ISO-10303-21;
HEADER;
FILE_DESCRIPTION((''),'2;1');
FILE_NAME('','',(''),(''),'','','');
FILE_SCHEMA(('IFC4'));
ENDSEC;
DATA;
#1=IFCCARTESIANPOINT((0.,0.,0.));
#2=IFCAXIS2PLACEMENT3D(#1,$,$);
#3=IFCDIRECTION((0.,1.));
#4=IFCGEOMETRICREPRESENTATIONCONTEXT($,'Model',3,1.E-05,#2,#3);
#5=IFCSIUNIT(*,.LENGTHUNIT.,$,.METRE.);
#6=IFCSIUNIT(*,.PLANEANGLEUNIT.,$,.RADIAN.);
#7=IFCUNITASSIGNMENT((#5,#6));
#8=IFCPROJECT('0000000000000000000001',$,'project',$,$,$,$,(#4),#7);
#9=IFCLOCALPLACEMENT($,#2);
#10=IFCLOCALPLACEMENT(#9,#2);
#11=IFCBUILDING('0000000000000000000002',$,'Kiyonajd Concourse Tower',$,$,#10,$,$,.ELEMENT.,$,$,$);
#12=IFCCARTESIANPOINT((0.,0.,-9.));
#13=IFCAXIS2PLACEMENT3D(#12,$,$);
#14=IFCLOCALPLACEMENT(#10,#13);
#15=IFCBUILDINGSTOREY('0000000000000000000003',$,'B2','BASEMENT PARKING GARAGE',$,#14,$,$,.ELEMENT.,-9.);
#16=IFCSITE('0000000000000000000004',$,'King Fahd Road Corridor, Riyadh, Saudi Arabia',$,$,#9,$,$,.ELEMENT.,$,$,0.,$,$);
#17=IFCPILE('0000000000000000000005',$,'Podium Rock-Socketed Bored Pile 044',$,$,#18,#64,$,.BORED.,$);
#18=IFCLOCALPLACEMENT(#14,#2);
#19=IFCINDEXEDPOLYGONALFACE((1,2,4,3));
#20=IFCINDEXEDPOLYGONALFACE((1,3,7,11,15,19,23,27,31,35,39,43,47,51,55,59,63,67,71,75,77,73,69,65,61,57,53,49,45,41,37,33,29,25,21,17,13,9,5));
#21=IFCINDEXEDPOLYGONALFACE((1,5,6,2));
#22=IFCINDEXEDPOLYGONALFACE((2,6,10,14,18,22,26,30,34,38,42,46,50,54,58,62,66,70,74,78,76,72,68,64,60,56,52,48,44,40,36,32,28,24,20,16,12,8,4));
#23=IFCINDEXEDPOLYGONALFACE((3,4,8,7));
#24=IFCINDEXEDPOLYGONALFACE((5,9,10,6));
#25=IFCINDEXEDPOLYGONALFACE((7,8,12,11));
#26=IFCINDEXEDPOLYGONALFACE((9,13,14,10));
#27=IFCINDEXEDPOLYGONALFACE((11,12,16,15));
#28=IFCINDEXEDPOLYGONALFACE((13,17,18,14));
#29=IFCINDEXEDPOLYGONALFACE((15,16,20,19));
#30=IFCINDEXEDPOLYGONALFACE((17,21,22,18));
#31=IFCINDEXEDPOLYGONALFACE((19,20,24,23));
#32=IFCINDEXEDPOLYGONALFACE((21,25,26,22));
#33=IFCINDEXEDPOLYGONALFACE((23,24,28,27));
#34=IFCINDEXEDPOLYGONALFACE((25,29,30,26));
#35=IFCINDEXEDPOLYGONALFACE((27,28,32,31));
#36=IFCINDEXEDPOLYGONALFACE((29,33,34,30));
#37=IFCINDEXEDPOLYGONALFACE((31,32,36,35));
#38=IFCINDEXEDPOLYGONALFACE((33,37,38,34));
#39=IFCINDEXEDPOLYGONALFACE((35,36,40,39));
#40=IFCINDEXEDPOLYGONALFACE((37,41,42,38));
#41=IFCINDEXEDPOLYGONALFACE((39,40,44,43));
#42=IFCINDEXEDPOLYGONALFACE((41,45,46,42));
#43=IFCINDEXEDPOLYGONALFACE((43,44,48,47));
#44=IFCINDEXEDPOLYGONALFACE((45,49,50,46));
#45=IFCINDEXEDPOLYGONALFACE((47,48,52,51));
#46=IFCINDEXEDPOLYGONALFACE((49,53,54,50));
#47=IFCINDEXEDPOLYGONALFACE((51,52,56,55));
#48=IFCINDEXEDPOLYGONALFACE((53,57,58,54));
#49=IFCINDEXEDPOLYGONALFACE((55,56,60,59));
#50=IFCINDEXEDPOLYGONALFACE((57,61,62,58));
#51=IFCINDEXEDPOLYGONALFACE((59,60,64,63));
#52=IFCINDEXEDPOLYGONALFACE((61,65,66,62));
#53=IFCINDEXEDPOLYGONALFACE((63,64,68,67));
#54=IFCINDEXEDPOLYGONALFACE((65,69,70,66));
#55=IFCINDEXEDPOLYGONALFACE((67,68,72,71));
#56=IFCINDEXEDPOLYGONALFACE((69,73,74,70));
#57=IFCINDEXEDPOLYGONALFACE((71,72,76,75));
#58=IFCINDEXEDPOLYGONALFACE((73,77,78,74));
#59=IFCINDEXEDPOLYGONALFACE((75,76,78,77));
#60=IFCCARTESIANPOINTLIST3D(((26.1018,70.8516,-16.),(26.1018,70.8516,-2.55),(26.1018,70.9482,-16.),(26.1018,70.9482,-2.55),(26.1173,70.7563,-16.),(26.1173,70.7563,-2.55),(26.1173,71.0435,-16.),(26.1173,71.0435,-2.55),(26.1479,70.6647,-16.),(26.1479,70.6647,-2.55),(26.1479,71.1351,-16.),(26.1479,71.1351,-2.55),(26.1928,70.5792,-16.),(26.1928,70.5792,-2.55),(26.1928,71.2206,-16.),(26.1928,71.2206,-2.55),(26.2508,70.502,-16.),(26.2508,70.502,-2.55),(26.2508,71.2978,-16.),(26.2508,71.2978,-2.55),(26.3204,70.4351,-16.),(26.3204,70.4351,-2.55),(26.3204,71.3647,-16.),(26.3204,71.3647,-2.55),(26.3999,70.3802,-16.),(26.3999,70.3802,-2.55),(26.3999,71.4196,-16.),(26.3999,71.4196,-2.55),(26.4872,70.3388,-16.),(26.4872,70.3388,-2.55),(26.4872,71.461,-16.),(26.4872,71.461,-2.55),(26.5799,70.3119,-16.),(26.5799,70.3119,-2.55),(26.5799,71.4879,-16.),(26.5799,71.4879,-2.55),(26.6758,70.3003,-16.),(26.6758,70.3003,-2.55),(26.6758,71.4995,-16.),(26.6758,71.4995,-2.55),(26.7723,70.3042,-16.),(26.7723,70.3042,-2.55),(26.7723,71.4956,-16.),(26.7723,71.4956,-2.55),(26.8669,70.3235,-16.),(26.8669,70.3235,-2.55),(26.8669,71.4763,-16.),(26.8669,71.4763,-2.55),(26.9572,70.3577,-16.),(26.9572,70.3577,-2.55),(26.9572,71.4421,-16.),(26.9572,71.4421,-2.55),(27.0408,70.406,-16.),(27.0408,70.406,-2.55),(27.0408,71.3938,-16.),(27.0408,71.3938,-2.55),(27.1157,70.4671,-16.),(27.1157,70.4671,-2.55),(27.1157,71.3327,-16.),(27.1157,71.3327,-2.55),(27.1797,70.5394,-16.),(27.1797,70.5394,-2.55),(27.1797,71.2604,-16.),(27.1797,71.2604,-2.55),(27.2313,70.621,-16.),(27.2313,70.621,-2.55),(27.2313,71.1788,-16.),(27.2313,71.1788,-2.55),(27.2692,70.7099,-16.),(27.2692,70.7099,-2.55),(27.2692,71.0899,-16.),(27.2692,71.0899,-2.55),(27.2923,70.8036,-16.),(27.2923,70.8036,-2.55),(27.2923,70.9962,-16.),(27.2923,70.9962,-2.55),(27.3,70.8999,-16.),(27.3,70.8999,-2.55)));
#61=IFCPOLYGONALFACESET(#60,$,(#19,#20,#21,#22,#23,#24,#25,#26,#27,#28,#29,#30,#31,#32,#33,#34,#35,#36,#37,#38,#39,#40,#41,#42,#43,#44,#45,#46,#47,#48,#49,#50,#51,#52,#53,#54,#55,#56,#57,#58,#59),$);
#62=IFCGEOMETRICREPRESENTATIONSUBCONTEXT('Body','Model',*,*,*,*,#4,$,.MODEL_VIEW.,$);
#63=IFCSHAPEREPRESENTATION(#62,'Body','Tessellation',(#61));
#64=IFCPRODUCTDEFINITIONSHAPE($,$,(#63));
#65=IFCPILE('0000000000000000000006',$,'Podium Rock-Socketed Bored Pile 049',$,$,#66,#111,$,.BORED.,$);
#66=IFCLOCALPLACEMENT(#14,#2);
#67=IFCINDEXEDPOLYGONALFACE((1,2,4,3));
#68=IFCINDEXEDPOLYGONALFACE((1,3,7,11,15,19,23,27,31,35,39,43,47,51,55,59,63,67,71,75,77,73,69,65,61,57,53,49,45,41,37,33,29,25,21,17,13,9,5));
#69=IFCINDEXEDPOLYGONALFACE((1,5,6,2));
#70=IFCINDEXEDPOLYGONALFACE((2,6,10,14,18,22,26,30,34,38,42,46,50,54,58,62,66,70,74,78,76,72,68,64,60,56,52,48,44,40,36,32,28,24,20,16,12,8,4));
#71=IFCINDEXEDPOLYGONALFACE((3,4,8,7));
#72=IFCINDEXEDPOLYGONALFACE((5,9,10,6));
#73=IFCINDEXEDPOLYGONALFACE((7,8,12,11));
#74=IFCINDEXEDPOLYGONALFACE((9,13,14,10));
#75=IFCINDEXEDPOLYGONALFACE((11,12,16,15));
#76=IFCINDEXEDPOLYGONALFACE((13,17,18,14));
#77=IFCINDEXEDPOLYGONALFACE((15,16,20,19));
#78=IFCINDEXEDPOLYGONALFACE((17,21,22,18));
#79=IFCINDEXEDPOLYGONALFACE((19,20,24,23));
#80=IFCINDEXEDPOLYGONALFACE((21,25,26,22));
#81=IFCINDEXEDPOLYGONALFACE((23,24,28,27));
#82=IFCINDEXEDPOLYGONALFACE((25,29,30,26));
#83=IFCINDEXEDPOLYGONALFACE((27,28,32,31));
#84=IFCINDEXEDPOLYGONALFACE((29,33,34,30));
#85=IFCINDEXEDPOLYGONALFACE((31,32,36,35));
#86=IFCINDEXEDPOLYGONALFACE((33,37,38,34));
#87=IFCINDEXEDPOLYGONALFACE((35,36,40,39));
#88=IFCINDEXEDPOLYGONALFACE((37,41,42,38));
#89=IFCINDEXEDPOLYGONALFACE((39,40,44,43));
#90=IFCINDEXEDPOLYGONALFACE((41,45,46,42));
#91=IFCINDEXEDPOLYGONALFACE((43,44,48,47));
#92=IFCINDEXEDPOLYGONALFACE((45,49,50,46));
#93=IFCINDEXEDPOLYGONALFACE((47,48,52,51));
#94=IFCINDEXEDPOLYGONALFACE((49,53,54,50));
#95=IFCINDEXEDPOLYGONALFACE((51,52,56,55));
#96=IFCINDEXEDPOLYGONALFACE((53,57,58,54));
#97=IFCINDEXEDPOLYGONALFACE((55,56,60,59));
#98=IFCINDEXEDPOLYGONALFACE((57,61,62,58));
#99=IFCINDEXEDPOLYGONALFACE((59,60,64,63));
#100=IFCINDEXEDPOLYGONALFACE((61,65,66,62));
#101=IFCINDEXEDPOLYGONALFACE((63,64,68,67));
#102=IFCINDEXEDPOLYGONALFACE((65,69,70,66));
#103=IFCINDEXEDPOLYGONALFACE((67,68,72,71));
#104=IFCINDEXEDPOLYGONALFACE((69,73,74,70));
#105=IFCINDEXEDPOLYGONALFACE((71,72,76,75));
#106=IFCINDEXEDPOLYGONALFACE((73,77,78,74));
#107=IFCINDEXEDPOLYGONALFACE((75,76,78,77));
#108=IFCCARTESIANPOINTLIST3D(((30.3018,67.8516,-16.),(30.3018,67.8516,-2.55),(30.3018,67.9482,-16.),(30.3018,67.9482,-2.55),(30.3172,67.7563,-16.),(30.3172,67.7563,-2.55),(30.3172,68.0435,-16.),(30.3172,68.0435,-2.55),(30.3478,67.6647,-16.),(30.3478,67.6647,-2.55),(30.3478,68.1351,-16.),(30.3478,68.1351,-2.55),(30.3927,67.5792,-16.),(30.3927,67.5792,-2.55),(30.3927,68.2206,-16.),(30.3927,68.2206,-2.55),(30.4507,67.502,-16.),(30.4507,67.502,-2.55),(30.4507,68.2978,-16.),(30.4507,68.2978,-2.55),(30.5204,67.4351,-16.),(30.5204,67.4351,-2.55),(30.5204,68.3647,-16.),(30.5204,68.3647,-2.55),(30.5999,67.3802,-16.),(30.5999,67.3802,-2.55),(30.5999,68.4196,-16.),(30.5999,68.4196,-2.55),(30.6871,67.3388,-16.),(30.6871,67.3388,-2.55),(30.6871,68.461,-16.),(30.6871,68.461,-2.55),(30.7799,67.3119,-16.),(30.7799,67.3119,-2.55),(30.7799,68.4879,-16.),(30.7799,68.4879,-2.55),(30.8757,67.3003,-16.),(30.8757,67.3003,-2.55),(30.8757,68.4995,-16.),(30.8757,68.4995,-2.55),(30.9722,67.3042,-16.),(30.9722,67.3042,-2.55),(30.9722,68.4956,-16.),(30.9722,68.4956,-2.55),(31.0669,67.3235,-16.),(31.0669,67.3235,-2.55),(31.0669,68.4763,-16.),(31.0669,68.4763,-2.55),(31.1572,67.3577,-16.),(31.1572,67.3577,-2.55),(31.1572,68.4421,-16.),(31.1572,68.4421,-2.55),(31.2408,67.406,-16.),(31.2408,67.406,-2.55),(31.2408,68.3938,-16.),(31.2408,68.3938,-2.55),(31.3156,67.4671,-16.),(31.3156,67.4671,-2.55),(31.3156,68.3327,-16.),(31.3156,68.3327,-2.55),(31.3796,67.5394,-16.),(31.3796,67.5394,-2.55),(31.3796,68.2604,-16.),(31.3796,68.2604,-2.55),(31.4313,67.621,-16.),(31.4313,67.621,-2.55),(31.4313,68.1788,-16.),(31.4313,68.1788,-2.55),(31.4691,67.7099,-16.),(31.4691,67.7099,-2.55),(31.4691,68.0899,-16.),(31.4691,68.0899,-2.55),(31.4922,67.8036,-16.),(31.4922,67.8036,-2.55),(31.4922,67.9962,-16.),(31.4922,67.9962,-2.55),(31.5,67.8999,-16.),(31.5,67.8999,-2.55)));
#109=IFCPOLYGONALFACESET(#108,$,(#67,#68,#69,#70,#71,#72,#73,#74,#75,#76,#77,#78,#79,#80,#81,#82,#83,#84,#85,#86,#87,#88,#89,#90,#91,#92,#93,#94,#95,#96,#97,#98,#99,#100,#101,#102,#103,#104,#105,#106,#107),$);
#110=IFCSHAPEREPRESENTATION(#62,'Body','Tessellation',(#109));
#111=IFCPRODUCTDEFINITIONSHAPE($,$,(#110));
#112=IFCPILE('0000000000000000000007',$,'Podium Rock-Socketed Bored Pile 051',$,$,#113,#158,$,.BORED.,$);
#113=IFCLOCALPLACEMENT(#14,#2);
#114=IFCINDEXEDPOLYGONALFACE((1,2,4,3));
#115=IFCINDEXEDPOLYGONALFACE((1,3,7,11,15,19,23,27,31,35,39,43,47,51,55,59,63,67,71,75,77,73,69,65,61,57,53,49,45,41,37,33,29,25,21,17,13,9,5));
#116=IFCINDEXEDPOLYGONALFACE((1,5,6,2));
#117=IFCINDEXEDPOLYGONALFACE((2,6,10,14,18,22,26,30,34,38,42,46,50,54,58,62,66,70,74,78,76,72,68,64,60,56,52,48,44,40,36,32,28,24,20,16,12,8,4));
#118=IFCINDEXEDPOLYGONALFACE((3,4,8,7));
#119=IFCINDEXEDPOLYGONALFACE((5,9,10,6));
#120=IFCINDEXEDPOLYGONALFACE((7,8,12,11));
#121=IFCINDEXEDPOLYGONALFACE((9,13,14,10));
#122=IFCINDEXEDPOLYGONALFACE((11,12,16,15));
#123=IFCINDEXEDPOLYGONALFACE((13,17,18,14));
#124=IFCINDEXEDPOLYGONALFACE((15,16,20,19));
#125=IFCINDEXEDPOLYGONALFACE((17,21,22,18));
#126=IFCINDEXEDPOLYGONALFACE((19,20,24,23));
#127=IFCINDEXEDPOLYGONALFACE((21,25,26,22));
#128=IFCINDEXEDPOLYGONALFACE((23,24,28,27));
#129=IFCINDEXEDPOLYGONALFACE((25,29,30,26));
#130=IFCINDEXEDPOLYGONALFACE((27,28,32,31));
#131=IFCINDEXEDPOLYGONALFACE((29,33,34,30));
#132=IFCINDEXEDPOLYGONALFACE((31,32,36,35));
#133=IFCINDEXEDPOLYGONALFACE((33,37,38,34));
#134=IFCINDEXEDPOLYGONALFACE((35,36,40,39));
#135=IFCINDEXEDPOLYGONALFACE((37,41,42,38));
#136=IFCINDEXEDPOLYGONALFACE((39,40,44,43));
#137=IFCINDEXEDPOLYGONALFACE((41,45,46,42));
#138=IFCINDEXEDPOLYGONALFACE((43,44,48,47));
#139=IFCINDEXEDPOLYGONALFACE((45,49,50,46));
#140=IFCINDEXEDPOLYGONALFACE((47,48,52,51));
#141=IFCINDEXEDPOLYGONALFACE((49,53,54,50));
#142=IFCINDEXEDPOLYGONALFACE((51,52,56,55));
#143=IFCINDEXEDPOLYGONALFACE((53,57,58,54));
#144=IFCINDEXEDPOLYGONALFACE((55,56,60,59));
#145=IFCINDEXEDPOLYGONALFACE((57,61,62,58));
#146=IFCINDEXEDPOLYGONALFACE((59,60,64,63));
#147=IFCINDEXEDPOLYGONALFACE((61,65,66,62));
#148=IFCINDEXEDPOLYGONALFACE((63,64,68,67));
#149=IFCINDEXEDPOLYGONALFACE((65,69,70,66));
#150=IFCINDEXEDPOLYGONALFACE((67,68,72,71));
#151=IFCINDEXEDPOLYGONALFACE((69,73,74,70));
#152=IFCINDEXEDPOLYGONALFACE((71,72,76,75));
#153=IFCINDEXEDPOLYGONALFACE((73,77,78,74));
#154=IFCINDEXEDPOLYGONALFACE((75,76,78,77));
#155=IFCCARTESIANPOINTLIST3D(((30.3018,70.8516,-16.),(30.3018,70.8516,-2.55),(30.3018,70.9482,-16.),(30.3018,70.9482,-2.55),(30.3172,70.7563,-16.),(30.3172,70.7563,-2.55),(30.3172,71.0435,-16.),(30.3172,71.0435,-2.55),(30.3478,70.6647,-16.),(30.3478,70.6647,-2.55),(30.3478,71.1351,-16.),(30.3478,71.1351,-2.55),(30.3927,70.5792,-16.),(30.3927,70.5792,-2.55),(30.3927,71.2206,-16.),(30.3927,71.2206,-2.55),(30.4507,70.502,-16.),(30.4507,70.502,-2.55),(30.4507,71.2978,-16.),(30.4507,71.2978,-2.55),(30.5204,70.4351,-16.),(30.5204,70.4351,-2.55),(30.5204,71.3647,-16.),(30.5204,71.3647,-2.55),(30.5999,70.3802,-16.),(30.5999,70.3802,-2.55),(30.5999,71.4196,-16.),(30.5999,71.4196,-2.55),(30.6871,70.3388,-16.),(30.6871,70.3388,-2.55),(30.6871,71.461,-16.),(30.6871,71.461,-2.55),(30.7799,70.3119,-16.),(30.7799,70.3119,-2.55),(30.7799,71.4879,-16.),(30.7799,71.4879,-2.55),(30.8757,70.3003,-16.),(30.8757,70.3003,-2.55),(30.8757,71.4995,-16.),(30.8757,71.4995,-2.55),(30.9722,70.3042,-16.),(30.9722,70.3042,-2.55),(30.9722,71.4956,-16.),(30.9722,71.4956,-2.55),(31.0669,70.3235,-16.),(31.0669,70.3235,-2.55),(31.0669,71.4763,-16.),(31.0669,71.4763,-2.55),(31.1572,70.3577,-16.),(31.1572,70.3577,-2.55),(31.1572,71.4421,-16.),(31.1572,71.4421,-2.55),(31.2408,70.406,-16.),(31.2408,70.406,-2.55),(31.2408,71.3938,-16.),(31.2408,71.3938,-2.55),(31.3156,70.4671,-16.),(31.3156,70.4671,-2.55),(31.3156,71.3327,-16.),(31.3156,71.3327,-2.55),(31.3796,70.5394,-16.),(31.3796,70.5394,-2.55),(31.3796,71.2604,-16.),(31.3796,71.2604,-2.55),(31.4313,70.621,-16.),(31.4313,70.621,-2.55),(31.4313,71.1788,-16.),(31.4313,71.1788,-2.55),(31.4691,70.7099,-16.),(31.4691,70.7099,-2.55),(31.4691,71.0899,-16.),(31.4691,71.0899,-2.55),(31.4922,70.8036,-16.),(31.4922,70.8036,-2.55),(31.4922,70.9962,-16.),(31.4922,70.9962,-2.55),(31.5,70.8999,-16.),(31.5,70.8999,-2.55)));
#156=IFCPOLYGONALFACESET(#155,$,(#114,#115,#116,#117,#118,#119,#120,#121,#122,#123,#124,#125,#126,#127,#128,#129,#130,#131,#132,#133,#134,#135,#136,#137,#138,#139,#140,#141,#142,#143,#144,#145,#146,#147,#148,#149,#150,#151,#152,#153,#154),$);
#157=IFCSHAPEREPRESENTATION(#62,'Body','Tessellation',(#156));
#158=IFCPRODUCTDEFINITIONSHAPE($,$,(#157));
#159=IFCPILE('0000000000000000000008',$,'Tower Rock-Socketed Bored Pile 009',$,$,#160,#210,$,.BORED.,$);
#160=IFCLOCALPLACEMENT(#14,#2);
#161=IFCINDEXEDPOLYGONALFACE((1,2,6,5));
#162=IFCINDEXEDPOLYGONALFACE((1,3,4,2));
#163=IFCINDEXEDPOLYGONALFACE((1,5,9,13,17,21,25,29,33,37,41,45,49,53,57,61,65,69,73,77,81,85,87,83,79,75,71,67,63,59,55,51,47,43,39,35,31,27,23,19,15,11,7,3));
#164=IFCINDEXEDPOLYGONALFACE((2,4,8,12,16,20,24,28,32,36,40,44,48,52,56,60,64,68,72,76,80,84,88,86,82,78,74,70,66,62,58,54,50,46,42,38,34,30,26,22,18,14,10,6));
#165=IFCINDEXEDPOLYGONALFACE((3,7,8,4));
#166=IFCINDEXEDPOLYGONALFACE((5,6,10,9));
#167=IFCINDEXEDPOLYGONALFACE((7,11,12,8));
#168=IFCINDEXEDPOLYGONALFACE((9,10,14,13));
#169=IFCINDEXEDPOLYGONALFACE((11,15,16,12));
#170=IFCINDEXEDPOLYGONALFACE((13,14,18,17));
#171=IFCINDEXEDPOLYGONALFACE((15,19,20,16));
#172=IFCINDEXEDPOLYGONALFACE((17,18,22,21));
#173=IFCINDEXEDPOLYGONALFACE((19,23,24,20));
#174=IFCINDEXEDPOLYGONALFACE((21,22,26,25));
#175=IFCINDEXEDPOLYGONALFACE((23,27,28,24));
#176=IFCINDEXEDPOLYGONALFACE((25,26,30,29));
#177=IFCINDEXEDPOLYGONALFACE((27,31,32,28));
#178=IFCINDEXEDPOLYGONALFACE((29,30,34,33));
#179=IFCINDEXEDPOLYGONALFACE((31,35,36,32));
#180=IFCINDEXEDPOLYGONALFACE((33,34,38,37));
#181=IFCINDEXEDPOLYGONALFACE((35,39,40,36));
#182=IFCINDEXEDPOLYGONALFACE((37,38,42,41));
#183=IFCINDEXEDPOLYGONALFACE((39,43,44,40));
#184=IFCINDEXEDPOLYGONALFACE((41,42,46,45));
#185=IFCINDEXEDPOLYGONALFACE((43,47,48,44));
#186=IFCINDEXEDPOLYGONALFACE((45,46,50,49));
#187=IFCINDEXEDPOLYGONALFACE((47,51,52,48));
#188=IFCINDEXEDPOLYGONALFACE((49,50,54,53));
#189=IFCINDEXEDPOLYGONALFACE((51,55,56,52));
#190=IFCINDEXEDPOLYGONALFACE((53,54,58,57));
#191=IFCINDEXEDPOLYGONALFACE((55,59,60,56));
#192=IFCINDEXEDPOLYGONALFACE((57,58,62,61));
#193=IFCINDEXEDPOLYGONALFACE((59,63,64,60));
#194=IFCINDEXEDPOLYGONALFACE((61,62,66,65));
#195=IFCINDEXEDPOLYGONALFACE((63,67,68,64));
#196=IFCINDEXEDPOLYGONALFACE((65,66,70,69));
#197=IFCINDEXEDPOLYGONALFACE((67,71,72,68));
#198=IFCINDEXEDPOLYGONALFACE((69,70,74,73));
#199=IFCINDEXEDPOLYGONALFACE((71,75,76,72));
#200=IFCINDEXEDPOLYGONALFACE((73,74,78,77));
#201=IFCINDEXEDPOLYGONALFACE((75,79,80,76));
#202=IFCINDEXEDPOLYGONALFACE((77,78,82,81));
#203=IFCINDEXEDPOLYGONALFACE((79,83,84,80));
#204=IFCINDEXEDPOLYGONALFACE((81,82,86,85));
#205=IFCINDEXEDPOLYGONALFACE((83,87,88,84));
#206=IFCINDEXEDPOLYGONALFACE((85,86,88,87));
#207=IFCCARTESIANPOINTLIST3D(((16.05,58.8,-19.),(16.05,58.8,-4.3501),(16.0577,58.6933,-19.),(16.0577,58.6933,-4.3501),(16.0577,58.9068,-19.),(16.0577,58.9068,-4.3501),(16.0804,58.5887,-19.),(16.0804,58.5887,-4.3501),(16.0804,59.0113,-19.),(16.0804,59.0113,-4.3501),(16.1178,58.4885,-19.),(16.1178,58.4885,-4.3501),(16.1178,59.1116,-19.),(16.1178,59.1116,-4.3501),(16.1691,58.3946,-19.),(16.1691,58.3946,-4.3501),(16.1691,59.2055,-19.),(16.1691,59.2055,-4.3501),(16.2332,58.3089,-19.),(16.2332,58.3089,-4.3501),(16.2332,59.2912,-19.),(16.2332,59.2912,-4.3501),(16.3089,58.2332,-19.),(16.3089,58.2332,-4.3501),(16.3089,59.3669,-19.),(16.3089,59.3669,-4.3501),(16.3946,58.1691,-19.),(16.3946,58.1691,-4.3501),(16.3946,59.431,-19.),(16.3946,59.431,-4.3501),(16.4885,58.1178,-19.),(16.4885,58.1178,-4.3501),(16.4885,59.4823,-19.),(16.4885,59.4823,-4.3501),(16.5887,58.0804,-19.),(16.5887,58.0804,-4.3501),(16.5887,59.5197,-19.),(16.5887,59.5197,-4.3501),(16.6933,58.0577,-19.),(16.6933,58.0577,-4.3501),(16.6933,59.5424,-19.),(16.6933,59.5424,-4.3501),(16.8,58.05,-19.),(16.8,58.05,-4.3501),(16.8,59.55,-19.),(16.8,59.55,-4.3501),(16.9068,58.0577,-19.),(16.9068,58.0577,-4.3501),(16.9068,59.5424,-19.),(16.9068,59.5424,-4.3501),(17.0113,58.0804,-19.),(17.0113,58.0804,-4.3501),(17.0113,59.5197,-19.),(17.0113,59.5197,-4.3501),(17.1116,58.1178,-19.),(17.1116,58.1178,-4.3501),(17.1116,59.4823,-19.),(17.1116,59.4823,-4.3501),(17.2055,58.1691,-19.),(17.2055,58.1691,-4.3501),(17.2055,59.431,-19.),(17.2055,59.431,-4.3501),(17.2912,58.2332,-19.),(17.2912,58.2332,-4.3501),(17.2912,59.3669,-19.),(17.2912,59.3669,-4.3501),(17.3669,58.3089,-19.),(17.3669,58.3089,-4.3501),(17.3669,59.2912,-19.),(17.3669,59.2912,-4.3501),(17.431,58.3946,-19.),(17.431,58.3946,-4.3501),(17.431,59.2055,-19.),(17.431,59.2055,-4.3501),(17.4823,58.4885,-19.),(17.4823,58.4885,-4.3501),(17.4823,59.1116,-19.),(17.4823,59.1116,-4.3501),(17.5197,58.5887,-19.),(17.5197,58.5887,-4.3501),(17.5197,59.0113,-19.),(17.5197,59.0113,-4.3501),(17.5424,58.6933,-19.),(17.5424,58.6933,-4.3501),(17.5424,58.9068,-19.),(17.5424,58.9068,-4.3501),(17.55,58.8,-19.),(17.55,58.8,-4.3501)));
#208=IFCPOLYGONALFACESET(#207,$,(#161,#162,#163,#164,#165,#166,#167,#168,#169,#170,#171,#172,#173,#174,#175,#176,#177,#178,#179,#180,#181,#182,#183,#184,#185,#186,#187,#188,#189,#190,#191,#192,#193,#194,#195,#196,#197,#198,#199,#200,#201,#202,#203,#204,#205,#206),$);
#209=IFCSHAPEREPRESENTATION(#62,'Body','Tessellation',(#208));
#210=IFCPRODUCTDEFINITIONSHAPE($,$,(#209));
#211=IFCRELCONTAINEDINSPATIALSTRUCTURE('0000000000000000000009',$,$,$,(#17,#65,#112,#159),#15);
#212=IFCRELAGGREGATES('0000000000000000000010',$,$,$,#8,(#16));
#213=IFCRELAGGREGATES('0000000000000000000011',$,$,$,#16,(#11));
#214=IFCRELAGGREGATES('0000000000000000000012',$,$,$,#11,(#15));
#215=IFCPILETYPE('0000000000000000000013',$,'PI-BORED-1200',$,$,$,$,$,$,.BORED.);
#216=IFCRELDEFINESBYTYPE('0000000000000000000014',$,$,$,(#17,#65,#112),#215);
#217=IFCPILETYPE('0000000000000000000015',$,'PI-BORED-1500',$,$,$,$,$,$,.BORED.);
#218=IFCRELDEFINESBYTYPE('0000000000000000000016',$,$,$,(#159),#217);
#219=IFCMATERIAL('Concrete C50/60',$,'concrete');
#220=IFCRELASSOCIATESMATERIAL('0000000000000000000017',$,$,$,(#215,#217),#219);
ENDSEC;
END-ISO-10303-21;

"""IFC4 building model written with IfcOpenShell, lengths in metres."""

from ifc_helpers import new_model, si_unit, direction, frame, origin, origin_2d, place, context, subcontext, project, spatial, circle, extrude, material, material_profile, profile_set, type_object, element, save


model = new_model("IFC4")

# Units and contexts
model_context = context("Model", 3, precision=1e-05, world=origin(), true_north=direction((0.0, 1.0)))
body_context = subcontext(model_context, "Body", "Model", "MODEL_VIEW")
ifc_project = project(units=[si_unit("LENGTHUNIT", "METRE"), si_unit("PLANEANGLEUNIT", "RADIAN")], contexts=[model_context])

# Site, building, storey
site_placement = place(None, origin())
site = spatial("IfcSite", under=ifc_project, at=site_placement, Name="King Fahd Road Corridor, Riyadh, Saudi Arabia", CompositionType="ELEMENT", RefElevation=0.0)
building_placement = place(site_placement, origin())
building = spatial("IfcBuilding", under=site, at=building_placement, Name="Kiyonajd Concourse Tower", CompositionType="ELEMENT")
storey_placement = place(building_placement, frame((0.0, 0.0, -9.0)))
storey = spatial("IfcBuildingStorey", under=building, at=storey_placement, Name="B2", Description="BASEMENT PARKING GARAGE", CompositionType="ELEMENT", Elevation=-9.0)

# Shared definitions
ifc_material_1 = material(Name="Concrete C50/60", Category="concrete")

# Piles
ifc_material_profile_1 = material_profile(ifc_material_1, circle(Radius=0.6001, at=origin_2d()), Name="PILE-D1200")
ifc_profile_set_1 = profile_set([ifc_material_profile_1], Name="Concrete C50/60")
pile_type_1 = type_object("IfcPileType", Name="PI-BORED-1200", PredefinedType="BORED", material=ifc_profile_set_1)
for number, where, z_axis, x_axis, name in (
    (1, (26.7, 70.8999, -2.55), (0.0, 0.0, -1.0), (1.0, 0.0, 0.0), "Podium Rock-Socketed Bored Pile 044"),
    (2, (30.8999, 67.8999, -2.55), (0.0, 0.0, -1.0), (1.0, 0.0, 0.0), "Podium Rock-Socketed Bored Pile 049"),
    (3, (30.8999, 70.8999, -2.55), (0.0, 0.0, -1.0), (1.0, 0.0, 0.0), "Podium Rock-Socketed Bored Pile 051"),
):
    element("IfcPile", number, at=place(storey_placement, frame(where, z_axis=z_axis, x_axis=x_axis)), inside=storey, type_object=pile_type_1, Name=name, PredefinedType="BORED", context=body_context, shape_type="SweptSolid", body=[
        extrude(circle(Radius=0.6001, at=origin_2d()), origin(), (0.0, 0.0, 1.0), 13.45),
    ])
ifc_material_profile_2 = material_profile(ifc_material_1, circle(Radius=0.75, at=origin_2d()), Name="PILE-D1500")
ifc_profile_set_2 = profile_set([ifc_material_profile_2], Name="Concrete C50/60")
pile_type_2 = type_object("IfcPileType", Name="PI-BORED-1500", PredefinedType="BORED", material=ifc_profile_set_2)
for number, where, z_axis, x_axis, name in (
    (4, (16.8, 58.8, -4.3501), (0.0, 0.0, -1.0), (1.0, 0.0, 0.0), "Tower Rock-Socketed Bored Pile 009"),
):
    element("IfcPile", number, at=place(storey_placement, frame(where, z_axis=z_axis, x_axis=x_axis)), inside=storey, type_object=pile_type_2, Name=name, PredefinedType="BORED", context=body_context, shape_type="SweptSolid", body=[
        extrude(circle(Radius=0.75, at=origin_2d()), origin(), (0.0, 0.0, 1.0), 14.6499),
    ])

save(model, "model.ifc")
